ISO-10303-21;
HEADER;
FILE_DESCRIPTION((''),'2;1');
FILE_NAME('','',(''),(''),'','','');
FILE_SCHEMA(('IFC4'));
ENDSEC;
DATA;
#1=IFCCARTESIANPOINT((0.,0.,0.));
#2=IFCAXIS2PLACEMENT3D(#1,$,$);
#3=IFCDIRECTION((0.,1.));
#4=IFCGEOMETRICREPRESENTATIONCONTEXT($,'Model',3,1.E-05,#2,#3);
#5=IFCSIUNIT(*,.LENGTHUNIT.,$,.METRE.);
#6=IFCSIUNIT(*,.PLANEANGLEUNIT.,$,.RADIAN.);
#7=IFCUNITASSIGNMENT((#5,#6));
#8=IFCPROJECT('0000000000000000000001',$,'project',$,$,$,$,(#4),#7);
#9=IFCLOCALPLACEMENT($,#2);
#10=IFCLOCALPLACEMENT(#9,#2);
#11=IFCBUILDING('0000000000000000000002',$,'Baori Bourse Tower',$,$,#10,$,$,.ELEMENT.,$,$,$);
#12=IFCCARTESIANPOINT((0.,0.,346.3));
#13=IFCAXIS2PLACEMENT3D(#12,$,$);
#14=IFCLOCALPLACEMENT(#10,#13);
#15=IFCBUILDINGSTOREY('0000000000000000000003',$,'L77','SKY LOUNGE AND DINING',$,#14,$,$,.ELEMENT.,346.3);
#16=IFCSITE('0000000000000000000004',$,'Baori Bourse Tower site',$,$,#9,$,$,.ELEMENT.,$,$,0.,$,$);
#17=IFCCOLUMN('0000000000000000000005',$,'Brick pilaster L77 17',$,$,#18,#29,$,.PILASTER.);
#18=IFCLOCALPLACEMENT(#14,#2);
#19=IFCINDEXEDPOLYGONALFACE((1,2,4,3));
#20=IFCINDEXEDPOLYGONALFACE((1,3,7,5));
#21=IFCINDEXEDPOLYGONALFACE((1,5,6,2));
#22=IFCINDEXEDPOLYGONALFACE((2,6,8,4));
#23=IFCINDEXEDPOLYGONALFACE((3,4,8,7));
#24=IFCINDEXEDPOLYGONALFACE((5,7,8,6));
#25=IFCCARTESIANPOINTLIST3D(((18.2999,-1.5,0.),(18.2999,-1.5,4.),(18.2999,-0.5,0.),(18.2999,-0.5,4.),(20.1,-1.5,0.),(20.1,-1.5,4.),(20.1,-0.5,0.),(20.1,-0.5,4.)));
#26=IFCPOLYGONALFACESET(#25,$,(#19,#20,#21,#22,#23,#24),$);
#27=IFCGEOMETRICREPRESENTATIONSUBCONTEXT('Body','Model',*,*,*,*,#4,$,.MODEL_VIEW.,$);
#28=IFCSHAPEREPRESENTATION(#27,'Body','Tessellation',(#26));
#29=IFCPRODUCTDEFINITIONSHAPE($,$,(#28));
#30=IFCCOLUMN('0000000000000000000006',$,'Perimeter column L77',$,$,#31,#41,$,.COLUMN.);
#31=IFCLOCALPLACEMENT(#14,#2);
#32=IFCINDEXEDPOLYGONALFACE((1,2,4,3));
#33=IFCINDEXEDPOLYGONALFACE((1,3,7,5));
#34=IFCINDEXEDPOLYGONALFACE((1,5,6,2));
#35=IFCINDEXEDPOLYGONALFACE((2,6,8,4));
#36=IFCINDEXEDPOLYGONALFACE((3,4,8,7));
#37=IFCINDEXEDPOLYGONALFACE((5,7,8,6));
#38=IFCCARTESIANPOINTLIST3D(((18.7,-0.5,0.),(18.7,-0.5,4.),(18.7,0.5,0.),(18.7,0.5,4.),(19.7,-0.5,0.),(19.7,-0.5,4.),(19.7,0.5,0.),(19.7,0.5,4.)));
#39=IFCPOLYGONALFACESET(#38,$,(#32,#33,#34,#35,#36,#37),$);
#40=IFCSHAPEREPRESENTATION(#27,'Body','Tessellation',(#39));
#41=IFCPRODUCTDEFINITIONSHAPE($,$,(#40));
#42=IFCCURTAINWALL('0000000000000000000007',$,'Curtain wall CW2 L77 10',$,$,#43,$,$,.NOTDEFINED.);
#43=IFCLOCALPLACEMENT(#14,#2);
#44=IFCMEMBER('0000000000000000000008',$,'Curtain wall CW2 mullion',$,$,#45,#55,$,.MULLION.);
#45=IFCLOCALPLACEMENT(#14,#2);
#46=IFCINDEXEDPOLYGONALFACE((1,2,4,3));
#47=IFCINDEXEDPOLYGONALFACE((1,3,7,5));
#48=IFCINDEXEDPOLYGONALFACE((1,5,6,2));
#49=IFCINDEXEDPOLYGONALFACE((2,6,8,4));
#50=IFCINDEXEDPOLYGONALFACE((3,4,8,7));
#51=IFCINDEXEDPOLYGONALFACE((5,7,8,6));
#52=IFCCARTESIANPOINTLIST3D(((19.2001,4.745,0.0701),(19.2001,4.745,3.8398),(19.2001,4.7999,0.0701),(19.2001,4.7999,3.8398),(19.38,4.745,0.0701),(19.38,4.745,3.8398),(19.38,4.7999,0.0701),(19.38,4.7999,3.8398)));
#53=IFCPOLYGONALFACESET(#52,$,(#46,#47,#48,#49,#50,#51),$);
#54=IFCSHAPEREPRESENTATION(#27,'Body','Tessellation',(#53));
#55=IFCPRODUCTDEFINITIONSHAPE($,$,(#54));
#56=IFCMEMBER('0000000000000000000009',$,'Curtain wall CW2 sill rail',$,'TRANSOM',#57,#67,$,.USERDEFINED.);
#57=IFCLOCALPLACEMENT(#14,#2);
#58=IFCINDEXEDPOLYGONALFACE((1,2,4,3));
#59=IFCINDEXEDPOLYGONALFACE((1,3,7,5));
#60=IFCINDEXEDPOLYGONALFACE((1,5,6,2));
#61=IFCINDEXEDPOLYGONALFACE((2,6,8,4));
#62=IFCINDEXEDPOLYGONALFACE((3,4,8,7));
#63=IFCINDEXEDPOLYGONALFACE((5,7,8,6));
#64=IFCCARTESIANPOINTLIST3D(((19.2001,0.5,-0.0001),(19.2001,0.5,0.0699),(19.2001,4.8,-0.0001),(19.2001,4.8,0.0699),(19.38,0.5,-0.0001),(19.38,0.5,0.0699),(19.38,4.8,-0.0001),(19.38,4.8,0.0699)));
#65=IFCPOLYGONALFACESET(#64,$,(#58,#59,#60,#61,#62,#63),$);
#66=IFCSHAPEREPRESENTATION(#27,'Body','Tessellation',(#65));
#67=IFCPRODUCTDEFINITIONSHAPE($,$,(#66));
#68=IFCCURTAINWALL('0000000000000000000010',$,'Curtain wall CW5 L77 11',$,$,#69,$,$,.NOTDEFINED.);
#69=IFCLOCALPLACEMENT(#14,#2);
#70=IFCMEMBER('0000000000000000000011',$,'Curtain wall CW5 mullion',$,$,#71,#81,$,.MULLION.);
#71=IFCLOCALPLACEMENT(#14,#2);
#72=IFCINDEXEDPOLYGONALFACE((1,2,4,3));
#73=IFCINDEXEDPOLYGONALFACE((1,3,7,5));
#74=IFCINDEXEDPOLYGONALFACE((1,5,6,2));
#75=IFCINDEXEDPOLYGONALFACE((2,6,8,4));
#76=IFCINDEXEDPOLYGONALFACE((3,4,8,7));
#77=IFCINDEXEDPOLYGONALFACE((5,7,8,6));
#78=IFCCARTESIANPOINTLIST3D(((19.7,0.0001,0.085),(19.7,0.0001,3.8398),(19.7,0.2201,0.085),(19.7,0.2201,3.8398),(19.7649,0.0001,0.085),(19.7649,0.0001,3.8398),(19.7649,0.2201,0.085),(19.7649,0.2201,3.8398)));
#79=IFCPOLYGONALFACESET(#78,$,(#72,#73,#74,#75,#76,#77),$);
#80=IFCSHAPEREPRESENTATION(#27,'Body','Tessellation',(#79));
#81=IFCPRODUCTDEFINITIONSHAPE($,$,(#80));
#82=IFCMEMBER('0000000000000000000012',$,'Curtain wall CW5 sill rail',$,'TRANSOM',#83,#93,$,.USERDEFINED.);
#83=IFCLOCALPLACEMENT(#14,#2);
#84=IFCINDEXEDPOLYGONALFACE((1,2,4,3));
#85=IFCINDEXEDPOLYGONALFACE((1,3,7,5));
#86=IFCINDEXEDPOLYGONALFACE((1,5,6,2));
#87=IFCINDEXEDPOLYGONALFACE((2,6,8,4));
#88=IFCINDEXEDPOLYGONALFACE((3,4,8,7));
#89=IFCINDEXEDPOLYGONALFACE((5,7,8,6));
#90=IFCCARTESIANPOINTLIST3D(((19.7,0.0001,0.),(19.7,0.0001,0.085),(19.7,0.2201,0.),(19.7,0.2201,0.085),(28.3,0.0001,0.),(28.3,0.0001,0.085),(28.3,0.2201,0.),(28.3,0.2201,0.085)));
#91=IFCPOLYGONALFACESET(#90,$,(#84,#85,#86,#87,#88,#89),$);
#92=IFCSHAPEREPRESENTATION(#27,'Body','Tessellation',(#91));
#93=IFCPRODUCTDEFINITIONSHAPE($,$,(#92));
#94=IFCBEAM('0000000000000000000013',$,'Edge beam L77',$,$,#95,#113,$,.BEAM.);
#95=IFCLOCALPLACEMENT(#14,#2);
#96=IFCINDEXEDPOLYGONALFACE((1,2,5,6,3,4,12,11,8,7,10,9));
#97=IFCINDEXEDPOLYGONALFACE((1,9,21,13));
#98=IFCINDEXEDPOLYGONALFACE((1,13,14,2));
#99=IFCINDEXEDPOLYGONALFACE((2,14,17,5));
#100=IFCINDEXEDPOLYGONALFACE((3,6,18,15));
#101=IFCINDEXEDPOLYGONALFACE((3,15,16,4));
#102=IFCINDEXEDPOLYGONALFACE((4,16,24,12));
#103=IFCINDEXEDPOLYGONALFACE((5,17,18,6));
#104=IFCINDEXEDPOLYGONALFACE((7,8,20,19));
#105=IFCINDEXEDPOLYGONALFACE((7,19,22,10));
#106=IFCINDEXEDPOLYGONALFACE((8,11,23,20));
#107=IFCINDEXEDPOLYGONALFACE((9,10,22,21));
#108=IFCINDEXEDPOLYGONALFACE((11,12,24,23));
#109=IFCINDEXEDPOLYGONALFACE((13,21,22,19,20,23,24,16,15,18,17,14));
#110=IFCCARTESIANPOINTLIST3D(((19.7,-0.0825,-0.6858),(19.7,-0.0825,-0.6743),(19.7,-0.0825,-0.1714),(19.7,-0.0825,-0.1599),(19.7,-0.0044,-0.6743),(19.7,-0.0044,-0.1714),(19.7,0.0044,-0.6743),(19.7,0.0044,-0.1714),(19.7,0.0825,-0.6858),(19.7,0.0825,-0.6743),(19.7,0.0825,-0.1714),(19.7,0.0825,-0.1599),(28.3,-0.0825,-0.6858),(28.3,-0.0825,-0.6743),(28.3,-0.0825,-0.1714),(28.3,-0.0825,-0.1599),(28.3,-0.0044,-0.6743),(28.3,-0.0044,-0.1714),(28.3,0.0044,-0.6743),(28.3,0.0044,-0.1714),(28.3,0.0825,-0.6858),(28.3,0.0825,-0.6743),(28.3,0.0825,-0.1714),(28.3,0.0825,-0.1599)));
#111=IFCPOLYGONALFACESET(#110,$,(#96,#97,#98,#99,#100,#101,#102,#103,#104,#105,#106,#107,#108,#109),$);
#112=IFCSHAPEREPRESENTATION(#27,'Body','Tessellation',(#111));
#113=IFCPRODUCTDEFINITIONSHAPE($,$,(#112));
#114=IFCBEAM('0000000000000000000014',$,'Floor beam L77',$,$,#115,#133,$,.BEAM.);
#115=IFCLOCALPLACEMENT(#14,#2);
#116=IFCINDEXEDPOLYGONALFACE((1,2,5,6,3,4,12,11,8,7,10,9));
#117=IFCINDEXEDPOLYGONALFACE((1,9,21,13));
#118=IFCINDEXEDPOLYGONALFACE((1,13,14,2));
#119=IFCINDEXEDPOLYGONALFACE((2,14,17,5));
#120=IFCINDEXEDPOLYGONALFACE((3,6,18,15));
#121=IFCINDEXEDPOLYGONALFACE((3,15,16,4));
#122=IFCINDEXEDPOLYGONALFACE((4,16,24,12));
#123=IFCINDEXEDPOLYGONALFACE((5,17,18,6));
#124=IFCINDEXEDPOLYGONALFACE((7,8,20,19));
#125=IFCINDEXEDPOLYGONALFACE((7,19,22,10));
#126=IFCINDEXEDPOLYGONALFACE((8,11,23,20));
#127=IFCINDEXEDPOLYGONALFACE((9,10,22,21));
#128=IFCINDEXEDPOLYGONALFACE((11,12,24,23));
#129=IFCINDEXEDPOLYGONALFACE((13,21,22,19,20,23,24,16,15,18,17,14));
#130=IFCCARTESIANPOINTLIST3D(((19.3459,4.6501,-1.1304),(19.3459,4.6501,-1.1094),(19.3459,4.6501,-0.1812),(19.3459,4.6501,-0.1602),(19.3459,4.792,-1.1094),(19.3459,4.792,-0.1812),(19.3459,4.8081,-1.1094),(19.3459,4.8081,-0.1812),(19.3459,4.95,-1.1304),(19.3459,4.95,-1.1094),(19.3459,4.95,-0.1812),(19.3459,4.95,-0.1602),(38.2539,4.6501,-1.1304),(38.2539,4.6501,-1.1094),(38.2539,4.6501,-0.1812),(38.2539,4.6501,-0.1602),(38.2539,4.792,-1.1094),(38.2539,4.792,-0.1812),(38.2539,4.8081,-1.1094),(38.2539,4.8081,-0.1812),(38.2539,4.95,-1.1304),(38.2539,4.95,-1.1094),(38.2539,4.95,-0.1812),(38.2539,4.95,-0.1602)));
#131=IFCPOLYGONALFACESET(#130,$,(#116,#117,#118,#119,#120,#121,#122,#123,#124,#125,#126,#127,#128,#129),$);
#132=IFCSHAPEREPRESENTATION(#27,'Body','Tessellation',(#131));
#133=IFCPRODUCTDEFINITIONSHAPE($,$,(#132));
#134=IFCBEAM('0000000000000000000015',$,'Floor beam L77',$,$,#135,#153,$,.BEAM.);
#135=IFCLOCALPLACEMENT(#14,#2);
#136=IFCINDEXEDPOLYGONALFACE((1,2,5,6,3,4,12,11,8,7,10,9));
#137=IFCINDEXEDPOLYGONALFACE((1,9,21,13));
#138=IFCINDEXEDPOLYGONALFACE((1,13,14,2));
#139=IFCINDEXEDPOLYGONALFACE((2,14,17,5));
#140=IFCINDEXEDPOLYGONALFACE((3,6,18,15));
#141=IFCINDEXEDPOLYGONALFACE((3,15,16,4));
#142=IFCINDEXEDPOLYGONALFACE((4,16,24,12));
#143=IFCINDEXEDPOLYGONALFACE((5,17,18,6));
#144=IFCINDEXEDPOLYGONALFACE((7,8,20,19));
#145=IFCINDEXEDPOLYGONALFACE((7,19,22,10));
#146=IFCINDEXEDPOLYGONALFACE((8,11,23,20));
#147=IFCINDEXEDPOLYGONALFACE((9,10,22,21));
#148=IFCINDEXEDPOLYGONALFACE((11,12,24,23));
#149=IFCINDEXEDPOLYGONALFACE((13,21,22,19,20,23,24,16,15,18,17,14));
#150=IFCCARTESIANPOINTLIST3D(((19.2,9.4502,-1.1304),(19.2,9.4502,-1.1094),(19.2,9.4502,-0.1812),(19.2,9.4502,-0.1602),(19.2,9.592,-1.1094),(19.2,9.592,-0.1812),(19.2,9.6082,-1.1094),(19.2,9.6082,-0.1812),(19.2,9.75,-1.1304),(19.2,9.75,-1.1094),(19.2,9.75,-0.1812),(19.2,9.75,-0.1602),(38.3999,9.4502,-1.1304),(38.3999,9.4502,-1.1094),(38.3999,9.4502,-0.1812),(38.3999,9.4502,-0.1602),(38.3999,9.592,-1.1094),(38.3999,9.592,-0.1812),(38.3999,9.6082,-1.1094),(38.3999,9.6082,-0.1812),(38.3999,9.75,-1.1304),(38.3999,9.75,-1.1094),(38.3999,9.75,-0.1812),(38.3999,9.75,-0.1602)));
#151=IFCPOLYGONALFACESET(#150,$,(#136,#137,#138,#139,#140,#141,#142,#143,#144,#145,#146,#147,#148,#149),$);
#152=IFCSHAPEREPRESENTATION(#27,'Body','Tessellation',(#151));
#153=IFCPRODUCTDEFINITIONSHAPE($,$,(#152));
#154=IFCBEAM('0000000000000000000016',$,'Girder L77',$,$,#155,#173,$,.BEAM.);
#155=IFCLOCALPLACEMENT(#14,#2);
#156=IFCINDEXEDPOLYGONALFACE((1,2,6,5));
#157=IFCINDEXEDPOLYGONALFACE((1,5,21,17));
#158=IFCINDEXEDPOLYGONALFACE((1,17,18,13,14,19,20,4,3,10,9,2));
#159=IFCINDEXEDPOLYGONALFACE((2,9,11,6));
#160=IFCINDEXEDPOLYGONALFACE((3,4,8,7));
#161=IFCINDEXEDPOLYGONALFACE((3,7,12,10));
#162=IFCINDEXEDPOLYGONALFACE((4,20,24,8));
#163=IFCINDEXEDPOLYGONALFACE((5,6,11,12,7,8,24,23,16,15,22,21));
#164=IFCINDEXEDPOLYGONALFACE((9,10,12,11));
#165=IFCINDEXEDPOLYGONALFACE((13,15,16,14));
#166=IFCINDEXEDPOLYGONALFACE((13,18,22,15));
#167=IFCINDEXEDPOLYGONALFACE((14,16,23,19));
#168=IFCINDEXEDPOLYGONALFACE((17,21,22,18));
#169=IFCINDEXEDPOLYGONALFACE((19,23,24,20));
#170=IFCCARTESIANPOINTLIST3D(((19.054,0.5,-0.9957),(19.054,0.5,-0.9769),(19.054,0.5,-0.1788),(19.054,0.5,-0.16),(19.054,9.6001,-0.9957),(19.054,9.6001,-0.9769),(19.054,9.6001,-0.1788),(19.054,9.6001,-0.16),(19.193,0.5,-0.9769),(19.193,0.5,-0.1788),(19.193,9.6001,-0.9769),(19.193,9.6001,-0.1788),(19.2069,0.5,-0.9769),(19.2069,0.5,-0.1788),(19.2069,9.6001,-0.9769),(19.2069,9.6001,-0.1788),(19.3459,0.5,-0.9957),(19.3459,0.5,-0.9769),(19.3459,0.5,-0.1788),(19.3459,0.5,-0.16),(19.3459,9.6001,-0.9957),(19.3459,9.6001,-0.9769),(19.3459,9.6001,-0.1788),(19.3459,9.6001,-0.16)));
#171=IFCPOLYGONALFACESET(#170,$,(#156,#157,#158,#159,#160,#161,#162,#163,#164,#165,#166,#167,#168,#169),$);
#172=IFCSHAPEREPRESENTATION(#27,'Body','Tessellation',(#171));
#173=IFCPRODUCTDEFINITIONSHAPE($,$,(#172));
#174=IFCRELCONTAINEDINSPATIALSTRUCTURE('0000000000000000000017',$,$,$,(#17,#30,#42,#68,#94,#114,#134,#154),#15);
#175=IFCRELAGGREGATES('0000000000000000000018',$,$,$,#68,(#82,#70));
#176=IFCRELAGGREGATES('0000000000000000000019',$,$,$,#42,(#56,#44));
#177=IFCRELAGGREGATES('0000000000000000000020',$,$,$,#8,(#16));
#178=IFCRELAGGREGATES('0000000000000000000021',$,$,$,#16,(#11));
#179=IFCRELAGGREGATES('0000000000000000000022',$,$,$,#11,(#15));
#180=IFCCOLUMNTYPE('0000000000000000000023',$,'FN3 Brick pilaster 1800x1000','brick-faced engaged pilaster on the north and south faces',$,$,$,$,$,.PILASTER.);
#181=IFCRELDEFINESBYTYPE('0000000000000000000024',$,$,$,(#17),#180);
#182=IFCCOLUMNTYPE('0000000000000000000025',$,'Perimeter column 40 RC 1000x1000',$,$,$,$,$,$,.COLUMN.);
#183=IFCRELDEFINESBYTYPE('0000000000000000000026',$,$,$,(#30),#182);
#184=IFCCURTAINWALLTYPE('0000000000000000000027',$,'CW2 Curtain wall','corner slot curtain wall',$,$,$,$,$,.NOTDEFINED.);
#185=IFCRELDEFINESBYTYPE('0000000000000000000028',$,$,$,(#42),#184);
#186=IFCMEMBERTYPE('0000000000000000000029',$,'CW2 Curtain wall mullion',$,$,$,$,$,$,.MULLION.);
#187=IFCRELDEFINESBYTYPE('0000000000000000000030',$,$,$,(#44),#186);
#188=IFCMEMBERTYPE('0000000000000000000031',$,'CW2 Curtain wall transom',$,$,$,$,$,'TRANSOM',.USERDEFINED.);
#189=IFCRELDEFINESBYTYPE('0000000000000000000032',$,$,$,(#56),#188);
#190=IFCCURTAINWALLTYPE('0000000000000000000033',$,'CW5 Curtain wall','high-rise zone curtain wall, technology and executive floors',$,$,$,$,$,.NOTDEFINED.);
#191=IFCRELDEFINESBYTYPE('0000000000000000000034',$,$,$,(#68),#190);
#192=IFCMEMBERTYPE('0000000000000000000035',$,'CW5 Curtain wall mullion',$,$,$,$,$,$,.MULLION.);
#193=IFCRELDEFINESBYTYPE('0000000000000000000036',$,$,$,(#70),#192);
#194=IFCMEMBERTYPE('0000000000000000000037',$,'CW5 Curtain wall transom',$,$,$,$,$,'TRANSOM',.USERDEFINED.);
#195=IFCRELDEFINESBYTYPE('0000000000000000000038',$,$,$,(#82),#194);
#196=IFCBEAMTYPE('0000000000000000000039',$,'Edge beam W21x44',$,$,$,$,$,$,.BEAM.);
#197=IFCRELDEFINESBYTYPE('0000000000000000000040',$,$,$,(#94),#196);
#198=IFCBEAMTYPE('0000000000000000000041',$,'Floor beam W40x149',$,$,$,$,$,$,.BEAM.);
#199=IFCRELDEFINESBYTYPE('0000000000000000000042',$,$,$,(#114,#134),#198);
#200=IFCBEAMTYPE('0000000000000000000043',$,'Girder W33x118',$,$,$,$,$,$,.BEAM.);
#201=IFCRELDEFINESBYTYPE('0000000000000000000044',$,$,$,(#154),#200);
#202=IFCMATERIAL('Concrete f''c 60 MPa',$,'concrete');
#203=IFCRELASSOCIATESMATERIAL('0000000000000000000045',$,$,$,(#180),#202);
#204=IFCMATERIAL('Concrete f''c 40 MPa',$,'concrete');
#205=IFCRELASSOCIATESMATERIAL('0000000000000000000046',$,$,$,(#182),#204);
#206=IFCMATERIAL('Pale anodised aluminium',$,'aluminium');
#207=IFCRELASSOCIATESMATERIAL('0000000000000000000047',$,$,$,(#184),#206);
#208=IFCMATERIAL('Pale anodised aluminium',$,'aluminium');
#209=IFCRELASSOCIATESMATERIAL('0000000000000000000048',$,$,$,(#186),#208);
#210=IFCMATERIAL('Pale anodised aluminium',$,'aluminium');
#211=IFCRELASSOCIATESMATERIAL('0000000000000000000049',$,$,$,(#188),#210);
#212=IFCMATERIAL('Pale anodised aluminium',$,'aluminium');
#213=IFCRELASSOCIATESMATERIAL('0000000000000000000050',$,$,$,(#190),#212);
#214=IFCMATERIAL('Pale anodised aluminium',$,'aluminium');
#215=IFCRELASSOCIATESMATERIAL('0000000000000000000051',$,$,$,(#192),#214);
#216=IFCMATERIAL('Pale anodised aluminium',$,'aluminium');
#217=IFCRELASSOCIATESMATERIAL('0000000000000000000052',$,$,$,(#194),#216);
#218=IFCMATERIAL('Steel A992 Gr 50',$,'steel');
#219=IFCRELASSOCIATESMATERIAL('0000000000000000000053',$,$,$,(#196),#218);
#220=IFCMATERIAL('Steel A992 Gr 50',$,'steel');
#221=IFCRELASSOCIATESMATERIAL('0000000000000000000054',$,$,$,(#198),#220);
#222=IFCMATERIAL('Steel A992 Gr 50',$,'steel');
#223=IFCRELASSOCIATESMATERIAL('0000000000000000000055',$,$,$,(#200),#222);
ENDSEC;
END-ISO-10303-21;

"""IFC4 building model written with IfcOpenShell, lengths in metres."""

from ifc_helpers import new_model, si_unit, direction, frame, origin, origin_2d, place, context, subcontext, project, spatial, rectangle, i_section, extrude, material, material_profile, profile_set, type_object, element, aggregate, save


model = new_model("IFC4")

# Units and contexts
model_context = context("Model", 3, precision=1e-05, world=origin(), true_north=direction((0.0, 1.0)))
body_context = subcontext(model_context, "Body", "Model", "MODEL_VIEW")
ifc_project = project(units=[si_unit("LENGTHUNIT", "METRE"), si_unit("PLANEANGLEUNIT", "RADIAN")], contexts=[model_context])

# Site, building, storey
site_placement = place(None, origin())
site = spatial("IfcSite", under=ifc_project, at=site_placement, Name="Baori Bourse Tower site", CompositionType="ELEMENT", RefElevation=0.0)
building_placement = place(site_placement, origin())
building = spatial("IfcBuilding", under=site, at=building_placement, Name="Baori Bourse Tower", CompositionType="ELEMENT")
storey_placement = place(building_placement, frame((0.0, 0.0, 346.3)))
storey = spatial("IfcBuildingStorey", under=building, at=storey_placement, Name="L77", Description="SKY LOUNGE AND DINING", CompositionType="ELEMENT", Elevation=346.3)

# Columns
ifc_material_1 = material(Name="Concrete f'c 60 MPa", Category="concrete")
ifc_material_profile_1 = material_profile(ifc_material_1, rectangle(XDim=1.8, YDim=1.0, at=origin_2d()), Name="RC 1800x1000")
ifc_profile_set_1 = profile_set([ifc_material_profile_1], Name="Concrete f'c 60 MPa")
column_type_1 = type_object("IfcColumnType", Name="FN3 Brick pilaster 1800x1000", Description="brick-faced engaged pilaster on the north and south faces", PredefinedType="PILASTER", material=ifc_profile_set_1)
column_1_placement = place(storey_placement, frame((19.2, -1.0, 0.0), z_axis=(0.0, 0.0, 1.0), x_axis=(1.0, 0.0, 0.0)))
element("IfcColumn", 1, at=column_1_placement, inside=storey, type_object=column_type_1, Name="Brick pilaster L77 17", PredefinedType="PILASTER", context=body_context, shape_type="SweptSolid", body=[
    extrude(rectangle(XDim=1.8, YDim=1.0, at=origin_2d()), origin(), (0.0, 0.0, 1.0), 4.0),
])
ifc_material_2 = material(Name="Concrete f'c 40 MPa", Category="concrete")
ifc_material_profile_2 = material_profile(ifc_material_2, rectangle(XDim=1.0, YDim=1.0, at=origin_2d()), Name="RC 1000x1000")
ifc_profile_set_2 = profile_set([ifc_material_profile_2], Name="Concrete f'c 40 MPa")
column_type_2 = type_object("IfcColumnType", Name="Perimeter column 40 RC 1000x1000", PredefinedType="COLUMN", material=ifc_profile_set_2)
column_2_placement = place(storey_placement, frame((19.2, 0.0, 0.0), z_axis=(0.0, 0.0, 1.0), x_axis=(1.0, 0.0, 0.0)))
element("IfcColumn", 2, at=column_2_placement, inside=storey, type_object=column_type_2, Name="Perimeter column L77", PredefinedType="COLUMN", context=body_context, shape_type="SweptSolid", body=[
    extrude(rectangle(XDim=1.0, YDim=1.0, at=origin_2d()), origin(), (0.0, 0.0, 1.0), 4.0),
])

# Curtain walls, members
ifc_material_3 = material(Name="Pale anodised aluminium", Category="aluminium")
curtain_wall_type_1 = type_object("IfcCurtainWallType", Name="CW2 Curtain wall", Description="corner slot curtain wall", PredefinedType="NOTDEFINED", material=ifc_material_3)
curtain_wall_1_placement = place(storey_placement, origin())
curtain_wall_1 = element("IfcCurtainWall", 3, at=curtain_wall_1_placement, inside=storey, type_object=curtain_wall_type_1, Name="Curtain wall CW2 L77 10", PredefinedType="NOTDEFINED")
ifc_material_4 = material(Name="Pale anodised aluminium", Category="aluminium")
ifc_material_profile_3 = material_profile(ifc_material_4, rectangle(XDim=0.1799, YDim=0.0549, at=origin_2d()), Name="Mullion 55x180")
ifc_profile_set_3 = profile_set([ifc_material_profile_3], Name="Pale anodised aluminium")
member_type_1 = type_object("IfcMemberType", Name="CW2 Curtain wall mullion", PredefinedType="MULLION", material=ifc_profile_set_3)
member_1_placement = place(storey_placement, frame((19.29, 4.7725, 0.0701), z_axis=(0.0, 0.0, 1.0), x_axis=(1.0, 0.0, 0.0)))
member_1 = element("IfcMember", 4, at=member_1_placement, type_object=member_type_1, Name="Curtain wall CW2 mullion", PredefinedType="MULLION", context=body_context, shape_type="SweptSolid", body=[
    extrude(rectangle(XDim=0.1799, YDim=0.0549, at=origin_2d()), origin(), (0.0, 0.0, 1.0), 3.7698),
])
ifc_material_5 = material(Name="Pale anodised aluminium", Category="aluminium")
ifc_material_profile_4 = material_profile(ifc_material_5, rectangle(XDim=0.1799, YDim=0.0701, at=origin_2d()), Name="Transom 70x180")
ifc_profile_set_4 = profile_set([ifc_material_profile_4], Name="Pale anodised aluminium")
member_type_2 = type_object("IfcMemberType", Name="CW2 Curtain wall transom", ElementType="TRANSOM", PredefinedType="USERDEFINED", material=ifc_profile_set_4)
member_2_placement = place(storey_placement, frame((19.29, 4.8, 0.0349), z_axis=(0.0, -1.0, 0.0), x_axis=(1.0, 0.0, 0.0)))
member_2 = element("IfcMember", 5, at=member_2_placement, type_object=member_type_2, Name="Curtain wall CW2 sill rail", ObjectType="TRANSOM", PredefinedType="USERDEFINED", context=body_context, shape_type="SweptSolid", body=[
    extrude(rectangle(XDim=0.1799, YDim=0.0701, at=origin_2d()), origin(), (0.0, 0.0, 1.0), 4.3),
])
ifc_material_6 = material(Name="Pale anodised aluminium", Category="aluminium")
curtain_wall_type_2 = type_object("IfcCurtainWallType", Name="CW5 Curtain wall", Description="high-rise zone curtain wall, technology and executive floors", PredefinedType="NOTDEFINED", material=ifc_material_6)
curtain_wall_2_placement = place(storey_placement, origin())
curtain_wall_2 = element("IfcCurtainWall", 6, at=curtain_wall_2_placement, inside=storey, type_object=curtain_wall_type_2, Name="Curtain wall CW5 L77 11", PredefinedType="NOTDEFINED")
ifc_material_7 = material(Name="Pale anodised aluminium", Category="aluminium")
ifc_material_profile_5 = material_profile(ifc_material_7, rectangle(XDim=0.22, YDim=0.0649, at=origin_2d()), Name="Mullion 65x220")
ifc_profile_set_5 = profile_set([ifc_material_profile_5], Name="Pale anodised aluminium")
member_type_3 = type_object("IfcMemberType", Name="CW5 Curtain wall mullion", PredefinedType="MULLION", material=ifc_profile_set_5)
member_3_placement = place(storey_placement, frame((19.7324, 0.1101, 0.085), z_axis=(0.0, 0.0, 1.0), x_axis=(0.0, 1.0, 0.0)))
member_3 = element("IfcMember", 7, at=member_3_placement, type_object=member_type_3, Name="Curtain wall CW5 mullion", PredefinedType="MULLION", context=body_context, shape_type="SweptSolid", body=[
    extrude(rectangle(XDim=0.22, YDim=0.0649, at=origin_2d()), origin(), (0.0, 0.0, 1.0), 3.7549),
])
ifc_material_8 = material(Name="Pale anodised aluminium", Category="aluminium")
ifc_material_profile_6 = material_profile(ifc_material_8, rectangle(XDim=0.22, YDim=0.085, at=origin_2d()), Name="Transom 85x220")
ifc_profile_set_6 = profile_set([ifc_material_profile_6], Name="Pale anodised aluminium")
member_type_4 = type_object("IfcMemberType", Name="CW5 Curtain wall transom", ElementType="TRANSOM", PredefinedType="USERDEFINED", material=ifc_profile_set_6)
member_4_placement = place(storey_placement, frame((19.7, 0.1101, 0.0425), z_axis=(1.0, 0.0, 0.0), x_axis=(0.0, 1.0, 0.0)))
member_4 = element("IfcMember", 8, at=member_4_placement, type_object=member_type_4, Name="Curtain wall CW5 sill rail", ObjectType="TRANSOM", PredefinedType="USERDEFINED", context=body_context, shape_type="SweptSolid", body=[
    extrude(rectangle(XDim=0.22, YDim=0.085, at=origin_2d()), origin(), (0.0, 0.0, 1.0), 8.6001),
])
aggregate(curtain_wall_2, [member_4, member_3])

# Beams
ifc_material_9 = material(Name="Steel A992 Gr 50", Category="steel")
ifc_material_profile_7 = material_profile(ifc_material_9, i_section(OverallWidth=0.165, OverallDepth=0.5259, WebThickness=0.0088, FlangeThickness=0.0115, at=origin_2d()), Name="W21x44")
ifc_profile_set_7 = profile_set([ifc_material_profile_7], Name="Steel A992 Gr 50")
beam_type_1 = type_object("IfcBeamType", Name="Edge beam W21x44", PredefinedType="BEAM", material=ifc_profile_set_7)
beam_1_placement = place(storey_placement, frame((19.7, 0.0, -0.4229), z_axis=(1.0, 0.0, 0.0), x_axis=(0.0, 1.0, 0.0)))
element("IfcBeam", 9, at=beam_1_placement, inside=storey, type_object=beam_type_1, Name="Edge beam L77", PredefinedType="BEAM", context=body_context, shape_type="SweptSolid", body=[
    extrude(i_section(OverallWidth=0.165, OverallDepth=0.5259, WebThickness=0.0088, FlangeThickness=0.0115, at=origin_2d()), origin(), (0.0, 0.0, 1.0), 8.6001),
])
ifc_material_10 = material(Name="Steel A992 Gr 50", Category="steel")
ifc_material_profile_8 = material_profile(ifc_material_10, i_section(OverallWidth=0.2998, OverallDepth=0.9702, WebThickness=0.0161, FlangeThickness=0.021, at=origin_2d()), Name="W40x149")
ifc_profile_set_8 = profile_set([ifc_material_profile_8], Name="Steel A992 Gr 50")
beam_type_2 = type_object("IfcBeamType", Name="Floor beam W40x149", PredefinedType="BEAM", material=ifc_profile_set_8)
beam_2_placement = place(storey_placement, frame((19.3459, 4.8, -0.6453), z_axis=(1.0, 0.0, 0.0), x_axis=(0.0, 1.0, 0.0)))
element("IfcBeam", 10, at=beam_2_placement, inside=storey, type_object=beam_type_2, Name="Floor beam L77", PredefinedType="BEAM", context=body_context, shape_type="SweptSolid", body=[
    extrude(i_section(OverallWidth=0.2998, OverallDepth=0.9702, WebThickness=0.0161, FlangeThickness=0.021, at=origin_2d()), origin(), (0.0, 0.0, 1.0), 18.908),
])
beam_3_placement = place(storey_placement, frame((19.2, 9.6001, -0.6453), z_axis=(1.0, 0.0, 0.0), x_axis=(0.0, 1.0, 0.0)))
element("IfcBeam", 11, at=beam_3_placement, inside=storey, type_object=beam_type_2, Name="Floor beam L77", PredefinedType="BEAM", context=body_context, shape_type="SweptSolid", body=[
    extrude(i_section(OverallWidth=0.2998, OverallDepth=0.9702, WebThickness=0.0161, FlangeThickness=0.021, at=origin_2d()), origin(), (0.0, 0.0, 1.0), 19.2),
])
ifc_material_11 = material(Name="Steel A992 Gr 50", Category="steel")
ifc_material_profile_9 = material_profile(ifc_material_11, i_section(OverallWidth=0.292, OverallDepth=0.8357, WebThickness=0.0139, FlangeThickness=0.0188, at=origin_2d()), Name="W33x118")
ifc_profile_set_9 = profile_set([ifc_material_profile_9], Name="Steel A992 Gr 50")
beam_type_3 = type_object("IfcBeamType", Name="Girder W33x118", PredefinedType="BEAM", material=ifc_profile_set_9)
beam_4_placement = place(storey_placement, frame((19.2, 0.5, -0.5779), z_axis=(0.0, 1.0, 0.0), x_axis=(-1.0, 0.0, 0.0)))
element("IfcBeam", 12, at=beam_4_placement, inside=storey, type_object=beam_type_3, Name="Girder L77", PredefinedType="BEAM", context=body_context, shape_type="SweptSolid", body=[
    extrude(i_section(OverallWidth=0.292, OverallDepth=0.8357, WebThickness=0.0139, FlangeThickness=0.0188, at=origin_2d()), origin(), (0.0, 0.0, 1.0), 9.1001),
])

aggregate(curtain_wall_1, [member_2, member_1])

save(model, "model.ifc")
